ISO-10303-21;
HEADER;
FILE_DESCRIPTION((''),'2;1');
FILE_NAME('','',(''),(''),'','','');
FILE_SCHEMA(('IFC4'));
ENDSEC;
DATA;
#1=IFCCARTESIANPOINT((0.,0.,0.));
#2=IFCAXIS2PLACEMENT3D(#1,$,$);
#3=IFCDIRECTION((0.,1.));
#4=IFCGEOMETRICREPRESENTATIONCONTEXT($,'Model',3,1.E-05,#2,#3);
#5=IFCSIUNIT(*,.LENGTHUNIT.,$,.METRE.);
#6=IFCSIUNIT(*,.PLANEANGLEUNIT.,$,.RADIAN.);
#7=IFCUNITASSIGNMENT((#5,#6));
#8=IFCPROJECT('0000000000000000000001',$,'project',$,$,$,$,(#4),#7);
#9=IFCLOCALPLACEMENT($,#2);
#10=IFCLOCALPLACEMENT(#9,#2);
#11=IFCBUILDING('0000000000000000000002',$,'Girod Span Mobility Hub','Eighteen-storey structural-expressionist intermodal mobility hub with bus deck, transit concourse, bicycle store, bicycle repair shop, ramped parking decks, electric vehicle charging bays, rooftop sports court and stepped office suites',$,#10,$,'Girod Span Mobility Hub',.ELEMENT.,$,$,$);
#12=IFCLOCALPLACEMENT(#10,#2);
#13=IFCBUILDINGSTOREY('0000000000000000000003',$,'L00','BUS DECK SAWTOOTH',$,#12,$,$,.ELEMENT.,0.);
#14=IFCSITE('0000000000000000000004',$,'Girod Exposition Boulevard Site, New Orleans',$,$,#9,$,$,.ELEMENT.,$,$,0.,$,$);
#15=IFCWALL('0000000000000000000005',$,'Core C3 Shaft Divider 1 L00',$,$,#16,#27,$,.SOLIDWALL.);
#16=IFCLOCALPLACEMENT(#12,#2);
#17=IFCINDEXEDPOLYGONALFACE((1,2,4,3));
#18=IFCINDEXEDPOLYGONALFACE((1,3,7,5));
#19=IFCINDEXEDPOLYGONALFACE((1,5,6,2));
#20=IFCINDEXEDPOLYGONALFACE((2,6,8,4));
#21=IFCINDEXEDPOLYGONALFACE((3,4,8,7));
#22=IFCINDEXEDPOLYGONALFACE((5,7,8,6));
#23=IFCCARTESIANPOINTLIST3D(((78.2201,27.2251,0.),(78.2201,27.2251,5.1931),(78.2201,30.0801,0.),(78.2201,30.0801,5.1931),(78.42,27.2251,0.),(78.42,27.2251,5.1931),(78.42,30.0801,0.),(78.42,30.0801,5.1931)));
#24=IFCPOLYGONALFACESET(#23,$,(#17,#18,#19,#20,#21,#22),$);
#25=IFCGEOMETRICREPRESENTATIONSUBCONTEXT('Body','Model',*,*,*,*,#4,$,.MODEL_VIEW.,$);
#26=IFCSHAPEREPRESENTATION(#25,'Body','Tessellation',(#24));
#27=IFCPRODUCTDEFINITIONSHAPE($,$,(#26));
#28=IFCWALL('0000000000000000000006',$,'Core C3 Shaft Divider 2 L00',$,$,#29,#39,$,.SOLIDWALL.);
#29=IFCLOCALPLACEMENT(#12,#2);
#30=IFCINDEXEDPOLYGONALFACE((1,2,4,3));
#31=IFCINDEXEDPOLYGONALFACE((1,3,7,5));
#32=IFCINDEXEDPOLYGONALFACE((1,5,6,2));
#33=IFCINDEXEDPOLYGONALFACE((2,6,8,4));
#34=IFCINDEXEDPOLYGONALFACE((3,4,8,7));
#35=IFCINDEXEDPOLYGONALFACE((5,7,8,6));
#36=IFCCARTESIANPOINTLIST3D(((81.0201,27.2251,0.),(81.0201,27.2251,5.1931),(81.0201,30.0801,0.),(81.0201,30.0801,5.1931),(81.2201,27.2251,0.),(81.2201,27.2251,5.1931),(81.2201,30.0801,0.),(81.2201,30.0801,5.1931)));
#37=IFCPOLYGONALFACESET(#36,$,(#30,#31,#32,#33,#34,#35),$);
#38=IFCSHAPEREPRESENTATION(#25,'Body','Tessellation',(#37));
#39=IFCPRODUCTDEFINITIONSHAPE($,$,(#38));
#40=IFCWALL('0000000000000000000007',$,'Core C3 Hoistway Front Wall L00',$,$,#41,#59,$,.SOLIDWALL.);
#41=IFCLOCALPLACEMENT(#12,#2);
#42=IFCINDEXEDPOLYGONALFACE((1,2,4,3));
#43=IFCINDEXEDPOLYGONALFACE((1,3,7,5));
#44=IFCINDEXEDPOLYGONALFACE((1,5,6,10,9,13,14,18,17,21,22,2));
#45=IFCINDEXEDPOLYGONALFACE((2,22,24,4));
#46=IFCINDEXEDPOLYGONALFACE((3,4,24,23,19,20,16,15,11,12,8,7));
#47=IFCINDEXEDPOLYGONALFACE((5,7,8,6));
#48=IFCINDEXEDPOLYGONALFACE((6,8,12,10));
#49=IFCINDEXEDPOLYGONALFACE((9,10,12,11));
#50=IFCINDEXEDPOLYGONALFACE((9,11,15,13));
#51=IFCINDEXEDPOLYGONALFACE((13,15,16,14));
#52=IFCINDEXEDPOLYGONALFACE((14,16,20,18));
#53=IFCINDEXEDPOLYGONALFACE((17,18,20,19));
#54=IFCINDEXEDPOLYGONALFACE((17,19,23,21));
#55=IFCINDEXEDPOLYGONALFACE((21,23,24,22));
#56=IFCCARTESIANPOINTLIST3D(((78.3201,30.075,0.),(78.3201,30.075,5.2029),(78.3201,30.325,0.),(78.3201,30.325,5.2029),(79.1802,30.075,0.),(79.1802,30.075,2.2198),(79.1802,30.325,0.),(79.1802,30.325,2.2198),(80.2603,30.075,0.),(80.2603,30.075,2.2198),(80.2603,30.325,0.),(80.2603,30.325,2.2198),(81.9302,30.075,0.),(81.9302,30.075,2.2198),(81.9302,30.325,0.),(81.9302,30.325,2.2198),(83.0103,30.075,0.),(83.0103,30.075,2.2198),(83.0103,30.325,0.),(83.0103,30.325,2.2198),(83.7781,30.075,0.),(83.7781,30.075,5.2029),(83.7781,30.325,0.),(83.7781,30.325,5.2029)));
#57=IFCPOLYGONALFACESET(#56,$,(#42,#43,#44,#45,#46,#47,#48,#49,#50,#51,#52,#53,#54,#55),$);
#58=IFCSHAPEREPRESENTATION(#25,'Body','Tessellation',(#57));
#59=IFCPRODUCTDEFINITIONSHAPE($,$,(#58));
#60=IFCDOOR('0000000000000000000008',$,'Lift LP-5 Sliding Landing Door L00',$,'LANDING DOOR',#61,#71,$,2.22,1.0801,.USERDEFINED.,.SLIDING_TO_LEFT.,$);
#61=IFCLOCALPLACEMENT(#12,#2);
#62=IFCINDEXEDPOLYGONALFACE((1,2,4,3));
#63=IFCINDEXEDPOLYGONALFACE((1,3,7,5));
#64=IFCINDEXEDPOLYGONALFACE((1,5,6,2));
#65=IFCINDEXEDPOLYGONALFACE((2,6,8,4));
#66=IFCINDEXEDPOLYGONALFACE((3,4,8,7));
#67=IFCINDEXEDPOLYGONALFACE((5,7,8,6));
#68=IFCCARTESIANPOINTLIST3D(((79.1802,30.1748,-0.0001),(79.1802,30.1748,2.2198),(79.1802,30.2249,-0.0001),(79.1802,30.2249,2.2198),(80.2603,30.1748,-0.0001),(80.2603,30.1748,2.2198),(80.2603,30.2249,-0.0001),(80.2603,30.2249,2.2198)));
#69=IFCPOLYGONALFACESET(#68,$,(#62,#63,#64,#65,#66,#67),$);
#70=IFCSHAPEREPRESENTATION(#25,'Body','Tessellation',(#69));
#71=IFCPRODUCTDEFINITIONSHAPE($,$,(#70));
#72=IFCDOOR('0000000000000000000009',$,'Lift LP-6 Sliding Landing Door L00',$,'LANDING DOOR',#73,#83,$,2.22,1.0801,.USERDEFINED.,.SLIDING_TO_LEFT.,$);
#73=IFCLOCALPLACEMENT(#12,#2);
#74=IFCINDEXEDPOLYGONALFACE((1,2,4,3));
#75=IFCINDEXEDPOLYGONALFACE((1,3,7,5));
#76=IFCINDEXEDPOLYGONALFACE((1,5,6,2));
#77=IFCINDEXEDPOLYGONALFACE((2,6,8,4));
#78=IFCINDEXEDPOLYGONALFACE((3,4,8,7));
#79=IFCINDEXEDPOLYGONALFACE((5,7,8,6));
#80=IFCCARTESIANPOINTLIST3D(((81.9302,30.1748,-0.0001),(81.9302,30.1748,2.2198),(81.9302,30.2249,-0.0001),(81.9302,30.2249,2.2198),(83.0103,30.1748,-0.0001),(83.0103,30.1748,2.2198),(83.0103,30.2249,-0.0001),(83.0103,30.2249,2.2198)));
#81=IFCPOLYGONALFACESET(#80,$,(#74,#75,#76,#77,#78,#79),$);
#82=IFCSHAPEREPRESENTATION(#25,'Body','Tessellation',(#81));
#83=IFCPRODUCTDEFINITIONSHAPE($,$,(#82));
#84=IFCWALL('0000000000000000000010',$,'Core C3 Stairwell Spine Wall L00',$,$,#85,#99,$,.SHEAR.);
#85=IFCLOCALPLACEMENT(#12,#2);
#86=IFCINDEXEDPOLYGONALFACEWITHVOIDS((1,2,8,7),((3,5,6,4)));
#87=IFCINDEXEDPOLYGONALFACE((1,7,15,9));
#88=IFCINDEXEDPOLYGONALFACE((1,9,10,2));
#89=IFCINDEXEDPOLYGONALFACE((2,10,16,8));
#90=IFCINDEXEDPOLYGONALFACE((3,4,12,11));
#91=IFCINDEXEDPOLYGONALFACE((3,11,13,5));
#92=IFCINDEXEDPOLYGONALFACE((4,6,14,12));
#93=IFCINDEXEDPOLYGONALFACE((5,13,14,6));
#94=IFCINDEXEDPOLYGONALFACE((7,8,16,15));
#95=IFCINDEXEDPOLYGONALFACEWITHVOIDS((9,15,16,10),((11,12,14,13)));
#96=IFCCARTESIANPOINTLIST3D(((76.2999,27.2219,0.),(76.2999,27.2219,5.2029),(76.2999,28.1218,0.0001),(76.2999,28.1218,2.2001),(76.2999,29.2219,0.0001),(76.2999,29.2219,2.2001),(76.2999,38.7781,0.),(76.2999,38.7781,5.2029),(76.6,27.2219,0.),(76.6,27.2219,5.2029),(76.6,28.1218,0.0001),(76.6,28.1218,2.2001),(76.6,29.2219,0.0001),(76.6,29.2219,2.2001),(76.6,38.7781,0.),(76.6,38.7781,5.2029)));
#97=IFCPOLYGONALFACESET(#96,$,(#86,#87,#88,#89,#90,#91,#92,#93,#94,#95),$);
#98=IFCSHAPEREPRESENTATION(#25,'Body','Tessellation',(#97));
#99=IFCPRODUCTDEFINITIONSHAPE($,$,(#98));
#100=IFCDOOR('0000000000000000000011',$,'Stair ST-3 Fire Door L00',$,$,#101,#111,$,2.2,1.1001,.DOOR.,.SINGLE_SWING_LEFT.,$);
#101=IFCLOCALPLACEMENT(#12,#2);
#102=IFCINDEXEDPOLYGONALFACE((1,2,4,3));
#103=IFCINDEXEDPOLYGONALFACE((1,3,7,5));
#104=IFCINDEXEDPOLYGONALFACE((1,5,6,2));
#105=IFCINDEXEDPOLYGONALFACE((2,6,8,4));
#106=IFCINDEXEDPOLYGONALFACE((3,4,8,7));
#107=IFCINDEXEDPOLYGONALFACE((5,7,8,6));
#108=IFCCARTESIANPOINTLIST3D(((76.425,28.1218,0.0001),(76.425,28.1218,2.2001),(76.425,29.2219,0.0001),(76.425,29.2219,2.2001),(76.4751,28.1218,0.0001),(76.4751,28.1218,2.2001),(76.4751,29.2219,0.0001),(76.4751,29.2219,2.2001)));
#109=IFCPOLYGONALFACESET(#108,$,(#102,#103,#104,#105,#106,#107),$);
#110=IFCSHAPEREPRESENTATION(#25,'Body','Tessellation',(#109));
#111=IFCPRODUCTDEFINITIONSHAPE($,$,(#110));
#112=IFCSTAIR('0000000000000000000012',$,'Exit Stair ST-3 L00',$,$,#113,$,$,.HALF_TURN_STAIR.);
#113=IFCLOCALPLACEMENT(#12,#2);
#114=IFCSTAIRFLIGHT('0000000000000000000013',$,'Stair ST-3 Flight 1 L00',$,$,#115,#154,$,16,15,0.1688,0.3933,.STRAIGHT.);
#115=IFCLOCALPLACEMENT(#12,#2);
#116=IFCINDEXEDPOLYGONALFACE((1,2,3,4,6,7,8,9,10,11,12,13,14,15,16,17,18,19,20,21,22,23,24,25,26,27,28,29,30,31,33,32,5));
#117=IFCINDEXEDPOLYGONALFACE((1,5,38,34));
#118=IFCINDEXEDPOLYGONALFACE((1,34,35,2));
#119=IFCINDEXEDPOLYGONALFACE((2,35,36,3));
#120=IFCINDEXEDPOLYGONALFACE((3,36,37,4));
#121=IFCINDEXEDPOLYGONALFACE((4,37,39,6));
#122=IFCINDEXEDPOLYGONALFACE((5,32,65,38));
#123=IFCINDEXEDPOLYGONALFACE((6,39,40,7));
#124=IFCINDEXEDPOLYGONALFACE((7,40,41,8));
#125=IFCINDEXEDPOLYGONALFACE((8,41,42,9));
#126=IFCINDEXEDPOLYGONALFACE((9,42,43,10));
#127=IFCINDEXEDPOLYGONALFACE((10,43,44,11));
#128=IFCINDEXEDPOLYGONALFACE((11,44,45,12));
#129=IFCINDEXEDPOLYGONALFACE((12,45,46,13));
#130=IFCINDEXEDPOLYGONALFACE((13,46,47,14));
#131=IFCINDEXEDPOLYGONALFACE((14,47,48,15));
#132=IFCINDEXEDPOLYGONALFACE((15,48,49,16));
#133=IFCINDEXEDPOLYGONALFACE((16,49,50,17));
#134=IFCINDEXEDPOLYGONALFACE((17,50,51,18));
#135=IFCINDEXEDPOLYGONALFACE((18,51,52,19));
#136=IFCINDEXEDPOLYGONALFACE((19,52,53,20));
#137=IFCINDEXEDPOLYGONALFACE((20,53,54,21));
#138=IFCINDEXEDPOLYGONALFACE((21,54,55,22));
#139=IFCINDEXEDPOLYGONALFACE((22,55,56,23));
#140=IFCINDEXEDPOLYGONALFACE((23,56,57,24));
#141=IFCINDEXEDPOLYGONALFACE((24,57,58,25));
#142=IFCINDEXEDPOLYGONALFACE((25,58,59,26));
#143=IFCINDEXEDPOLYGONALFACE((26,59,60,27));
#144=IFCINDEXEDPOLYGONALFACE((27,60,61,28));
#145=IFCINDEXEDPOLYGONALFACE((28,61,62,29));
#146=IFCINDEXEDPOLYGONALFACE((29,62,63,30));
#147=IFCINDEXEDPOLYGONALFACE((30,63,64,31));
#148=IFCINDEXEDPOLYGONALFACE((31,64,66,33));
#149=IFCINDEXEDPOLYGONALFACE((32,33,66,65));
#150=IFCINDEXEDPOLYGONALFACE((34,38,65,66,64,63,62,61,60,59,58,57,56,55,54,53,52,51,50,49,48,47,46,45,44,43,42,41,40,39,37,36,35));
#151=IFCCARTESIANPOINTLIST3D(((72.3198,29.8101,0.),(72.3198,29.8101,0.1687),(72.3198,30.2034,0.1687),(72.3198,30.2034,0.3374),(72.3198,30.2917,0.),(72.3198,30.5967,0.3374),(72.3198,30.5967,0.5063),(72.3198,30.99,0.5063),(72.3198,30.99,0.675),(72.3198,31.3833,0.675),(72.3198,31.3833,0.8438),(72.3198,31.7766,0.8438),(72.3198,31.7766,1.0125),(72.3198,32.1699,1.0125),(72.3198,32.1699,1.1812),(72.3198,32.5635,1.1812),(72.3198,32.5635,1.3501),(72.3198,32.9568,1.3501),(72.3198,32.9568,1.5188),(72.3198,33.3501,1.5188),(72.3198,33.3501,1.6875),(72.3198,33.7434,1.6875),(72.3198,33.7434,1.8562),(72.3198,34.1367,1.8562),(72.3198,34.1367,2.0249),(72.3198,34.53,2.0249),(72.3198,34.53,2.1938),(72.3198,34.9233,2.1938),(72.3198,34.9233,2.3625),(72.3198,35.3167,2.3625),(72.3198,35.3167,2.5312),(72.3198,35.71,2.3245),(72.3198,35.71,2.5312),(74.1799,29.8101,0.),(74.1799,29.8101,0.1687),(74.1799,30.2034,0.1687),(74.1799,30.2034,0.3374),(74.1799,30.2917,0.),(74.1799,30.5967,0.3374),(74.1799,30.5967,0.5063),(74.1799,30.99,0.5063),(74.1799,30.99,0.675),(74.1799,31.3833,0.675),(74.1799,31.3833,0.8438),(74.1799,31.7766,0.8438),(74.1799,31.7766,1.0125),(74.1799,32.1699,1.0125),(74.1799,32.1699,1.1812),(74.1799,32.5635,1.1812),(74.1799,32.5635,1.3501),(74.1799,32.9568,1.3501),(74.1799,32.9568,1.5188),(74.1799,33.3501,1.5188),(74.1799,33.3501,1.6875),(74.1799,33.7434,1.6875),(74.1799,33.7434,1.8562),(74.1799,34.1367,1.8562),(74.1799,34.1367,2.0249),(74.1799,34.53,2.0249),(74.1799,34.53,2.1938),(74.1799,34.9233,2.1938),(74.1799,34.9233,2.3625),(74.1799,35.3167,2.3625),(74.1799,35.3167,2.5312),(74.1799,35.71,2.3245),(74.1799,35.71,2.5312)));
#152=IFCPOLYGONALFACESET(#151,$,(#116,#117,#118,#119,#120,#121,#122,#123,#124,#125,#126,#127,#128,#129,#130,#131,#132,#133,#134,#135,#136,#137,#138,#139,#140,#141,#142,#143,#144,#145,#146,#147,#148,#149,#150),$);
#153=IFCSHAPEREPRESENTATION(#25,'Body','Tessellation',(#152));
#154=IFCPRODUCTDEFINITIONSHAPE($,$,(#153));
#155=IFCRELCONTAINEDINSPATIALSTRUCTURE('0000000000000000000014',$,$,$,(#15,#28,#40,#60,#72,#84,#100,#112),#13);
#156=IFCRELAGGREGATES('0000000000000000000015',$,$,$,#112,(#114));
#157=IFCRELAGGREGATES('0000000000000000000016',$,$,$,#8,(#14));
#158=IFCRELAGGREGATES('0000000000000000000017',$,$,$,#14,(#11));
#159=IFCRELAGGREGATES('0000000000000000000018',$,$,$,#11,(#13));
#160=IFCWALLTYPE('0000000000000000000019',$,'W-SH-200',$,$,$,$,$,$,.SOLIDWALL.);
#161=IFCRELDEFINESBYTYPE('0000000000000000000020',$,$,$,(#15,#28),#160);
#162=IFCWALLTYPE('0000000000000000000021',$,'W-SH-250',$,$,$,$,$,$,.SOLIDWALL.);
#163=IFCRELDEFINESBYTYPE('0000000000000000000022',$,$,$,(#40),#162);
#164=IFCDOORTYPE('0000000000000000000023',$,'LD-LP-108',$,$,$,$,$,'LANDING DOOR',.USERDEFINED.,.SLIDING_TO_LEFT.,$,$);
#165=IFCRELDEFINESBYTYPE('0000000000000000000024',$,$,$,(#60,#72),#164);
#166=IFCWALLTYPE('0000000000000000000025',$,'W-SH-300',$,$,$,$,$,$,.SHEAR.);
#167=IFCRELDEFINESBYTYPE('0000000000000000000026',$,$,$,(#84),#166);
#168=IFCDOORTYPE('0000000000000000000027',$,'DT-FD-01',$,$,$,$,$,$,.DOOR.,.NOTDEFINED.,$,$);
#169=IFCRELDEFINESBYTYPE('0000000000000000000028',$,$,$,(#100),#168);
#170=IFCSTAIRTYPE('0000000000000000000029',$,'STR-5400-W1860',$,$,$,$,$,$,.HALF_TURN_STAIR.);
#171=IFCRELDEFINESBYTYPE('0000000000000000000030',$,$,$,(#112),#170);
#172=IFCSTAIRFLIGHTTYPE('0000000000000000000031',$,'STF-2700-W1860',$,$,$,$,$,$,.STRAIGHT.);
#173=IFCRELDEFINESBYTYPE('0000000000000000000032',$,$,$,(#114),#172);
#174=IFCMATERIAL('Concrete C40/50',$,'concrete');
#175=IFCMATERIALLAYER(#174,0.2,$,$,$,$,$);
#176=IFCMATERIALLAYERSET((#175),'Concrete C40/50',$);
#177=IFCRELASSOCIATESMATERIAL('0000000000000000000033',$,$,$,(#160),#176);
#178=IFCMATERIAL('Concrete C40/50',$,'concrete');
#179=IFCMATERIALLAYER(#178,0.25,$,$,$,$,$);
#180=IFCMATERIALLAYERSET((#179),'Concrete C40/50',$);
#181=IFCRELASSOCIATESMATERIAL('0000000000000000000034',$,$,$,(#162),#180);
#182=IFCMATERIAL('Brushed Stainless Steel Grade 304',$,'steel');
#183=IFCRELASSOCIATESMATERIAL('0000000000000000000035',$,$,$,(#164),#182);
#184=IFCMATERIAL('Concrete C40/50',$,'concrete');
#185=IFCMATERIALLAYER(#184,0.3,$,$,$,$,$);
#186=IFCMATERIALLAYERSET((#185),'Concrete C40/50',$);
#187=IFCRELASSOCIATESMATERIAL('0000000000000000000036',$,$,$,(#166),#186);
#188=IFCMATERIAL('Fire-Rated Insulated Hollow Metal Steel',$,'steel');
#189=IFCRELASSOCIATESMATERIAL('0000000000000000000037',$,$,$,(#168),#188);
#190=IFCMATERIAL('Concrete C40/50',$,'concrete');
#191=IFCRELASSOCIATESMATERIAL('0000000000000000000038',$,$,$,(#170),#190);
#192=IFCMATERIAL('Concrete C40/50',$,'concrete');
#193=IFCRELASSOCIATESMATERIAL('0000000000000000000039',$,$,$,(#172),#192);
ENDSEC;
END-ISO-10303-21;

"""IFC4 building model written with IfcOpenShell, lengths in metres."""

from ifc_helpers import new_model, si_unit, direction, frame, frame_2d, origin, place, context, subcontext, project, spatial, polyline, rectangle, outline, extrude, material, layer, layer_set, type_object, element, fill, aggregate, save


model = new_model("IFC4")

# Units and contexts
model_context = context("Model", 3, precision=1e-05, world=origin(), true_north=direction((0.0, 1.0)))
body_context = subcontext(model_context, "Body", "Model", "MODEL_VIEW")
ifc_project = project(units=[si_unit("LENGTHUNIT", "METRE"), si_unit("PLANEANGLEUNIT", "RADIAN")], contexts=[model_context])

# Site, building, storey
site_placement = place(None, origin())
site = spatial("IfcSite", under=ifc_project, at=site_placement, Name="Girod Exposition Boulevard Site, New Orleans", CompositionType="ELEMENT", RefElevation=0.0)
building_placement = place(site_placement, origin())
building = spatial("IfcBuilding", under=site, at=building_placement, Name="Girod Span Mobility Hub", Description="Eighteen-storey structural-expressionist intermodal mobility hub with bus deck, transit concourse, bicycle store, bicycle repair shop, ramped parking decks, electric vehicle charging bays, rooftop sports court and stepped office suites", LongName="Girod Span Mobility Hub", CompositionType="ELEMENT")
storey_placement = place(building_placement, origin())
storey = spatial("IfcBuildingStorey", under=building, at=storey_placement, Name="L00", Description="BUS DECK SAWTOOTH", CompositionType="ELEMENT", Elevation=0.0)

# Walls
ifc_material_1 = material(Name="Concrete C40/50", Category="concrete")
ifc_layer_1 = layer(ifc_material_1, 0.2)
ifc_layer_set_1 = layer_set([ifc_layer_1], Name="Concrete C40/50")
wall_type_1 = type_object("IfcWallType", Name="W-SH-200", PredefinedType="SOLIDWALL", material=ifc_layer_set_1)
for number, where, z_axis, x_axis, name in (
    (1, (78.3201, 27.2251, 0.0), (0.0, 0.0, 1.0), (0.0, 1.0, 0.0), "Core C3 Shaft Divider 1 L00"),
    (2, (81.1201, 27.2251, 0.0), (0.0, 0.0, 1.0), (0.0, 1.0, 0.0), "Core C3 Shaft Divider 2 L00"),
):
    element("IfcWall", number, at=place(storey_placement, frame(where, z_axis=z_axis, x_axis=x_axis)), inside=storey, type_object=wall_type_1, Name=name, PredefinedType="SOLIDWALL", context=body_context, shape_type="SweptSolid", body=[
        extrude(rectangle(XDim=2.855, YDim=0.2, at=frame_2d((1.4275, 0.0))), origin(), (0.0, 0.0, 1.0), 5.1931),
    ])

# Wall, openings, doors
ifc_material_2 = material(Name="Concrete C40/50", Category="concrete")
ifc_layer_2 = layer(ifc_material_2, 0.25)
ifc_layer_set_2 = layer_set([ifc_layer_2], Name="Concrete C40/50")
wall_type_2 = type_object("IfcWallType", Name="W-SH-250", PredefinedType="SOLIDWALL", material=ifc_layer_set_2)
wall_1_placement = place(storey_placement, frame((78.3201, 30.2, 0.0), z_axis=(0.0, 0.0, 1.0), x_axis=(1.0, 0.0, 0.0)))
wall_1 = element("IfcWall", 3, at=wall_1_placement, inside=storey, type_object=wall_type_2, Name="Core C3 Hoistway Front Wall L00", PredefinedType="SOLIDWALL", context=body_context, shape_type="SweptSolid", body=[
    extrude(rectangle(XDim=5.458, YDim=0.25, at=frame_2d((2.729, 0.0))), origin(), (0.0, 0.0, 1.0), 5.2029),
])
opening_1_placement = place(wall_1_placement, frame((0.8601, 0.0, 0.0)))
opening_1 = element("IfcOpeningElement", 4, at=opening_1_placement, cuts=wall_1, PredefinedType="OPENING", context=body_context, shape_type="SweptSolid", body=[
    extrude(rectangle(XDim=1.0801, YDim=2.22, at=frame_2d((0.54, 1.1099))), frame((0.0, 0.1399, 0.0), z_axis=(0.0, -1.0, 0.0), x_axis=(1.0, 0.0, 0.0)), (0.0, 0.0, 1.0), 0.28),
])
opening_2_placement = place(wall_1_placement, frame((3.6101, 0.0, 0.0)))
opening_2 = element("IfcOpeningElement", 5, at=opening_2_placement, cuts=wall_1, PredefinedType="OPENING", context=body_context, shape_type="SweptSolid", body=[
    extrude(rectangle(XDim=1.0801, YDim=2.22, at=frame_2d((0.54, 1.1099))), frame((0.0, 0.1399, 0.0), z_axis=(0.0, -1.0, 0.0), x_axis=(1.0, 0.0, 0.0)), (0.0, 0.0, 1.0), 0.28),
])
ifc_material_3 = material(Name="Brushed Stainless Steel Grade 304", Category="steel")
door_type_1 = type_object("IfcDoorType", Name="LD-LP-108", ElementType="LANDING DOOR", OperationType="SLIDING_TO_LEFT", PredefinedType="USERDEFINED", material=ifc_material_3)
door_1_placement = place(opening_1_placement, origin())
door_1 = element("IfcDoor", 6, at=door_1_placement, inside=storey, type_object=door_type_1, Name="Lift LP-5 Sliding Landing Door L00", ObjectType="LANDING DOOR", OperationType="SLIDING_TO_LEFT", OverallHeight=2.22, OverallWidth=1.0801, PredefinedType="USERDEFINED", context=body_context, shape_type="SweptSolid", body=[
    extrude(rectangle(XDim=1.0801, YDim=2.22, at=frame_2d((0.54, 1.1099))), frame((0.0, 0.0249, 0.0), z_axis=(0.0, -1.0, 0.0), x_axis=(1.0, 0.0, 0.0)), (0.0, 0.0, 1.0), 0.05),
])
fill(opening_1, door_1)
door_2_placement = place(opening_2_placement, origin())
door_2 = element("IfcDoor", 7, at=door_2_placement, inside=storey, type_object=door_type_1, Name="Lift LP-6 Sliding Landing Door L00", ObjectType="LANDING DOOR", OperationType="SLIDING_TO_LEFT", OverallHeight=2.22, OverallWidth=1.0801, PredefinedType="USERDEFINED", context=body_context, shape_type="SweptSolid", body=[
    extrude(rectangle(XDim=1.0801, YDim=2.22, at=frame_2d((0.54, 1.1099))), frame((0.0, 0.0249, 0.0), z_axis=(0.0, -1.0, 0.0), x_axis=(1.0, 0.0, 0.0)), (0.0, 0.0, 1.0), 0.05),
])
fill(opening_2, door_2)

# Wall, opening, door
ifc_material_4 = material(Name="Concrete C40/50", Category="concrete")
ifc_layer_3 = layer(ifc_material_4, 0.3)
ifc_layer_set_3 = layer_set([ifc_layer_3], Name="Concrete C40/50")
wall_type_3 = type_object("IfcWallType", Name="W-SH-300", PredefinedType="SHEAR", material=ifc_layer_set_3)
wall_2_placement = place(storey_placement, frame((76.45, 27.2219, 0.0), z_axis=(0.0, 0.0, 1.0), x_axis=(0.0, 1.0, 0.0)))
wall_2 = element("IfcWall", 8, at=wall_2_placement, inside=storey, type_object=wall_type_3, Name="Core C3 Stairwell Spine Wall L00", PredefinedType="SHEAR", context=body_context, shape_type="SweptSolid", body=[
    extrude(rectangle(XDim=11.5562, YDim=0.3, at=frame_2d((5.7781, 0.0))), origin(), (0.0, 0.0, 1.0), 5.2029),
])
opening_3_placement = place(wall_2_placement, frame((0.8999, 0.0, 0.0)))
opening_3 = element("IfcOpeningElement", 9, at=opening_3_placement, cuts=wall_2, PredefinedType="OPENING", context=body_context, shape_type="SweptSolid", body=[
    extrude(rectangle(XDim=1.1001, YDim=2.2, at=frame_2d((0.55, 1.1001))), frame((0.0, 0.165, 0.0), z_axis=(0.0, -1.0, 0.0), x_axis=(1.0, 0.0, 0.0)), (0.0, 0.0, 1.0), 0.3301),
])
ifc_material_5 = material(Name="Fire-Rated Insulated Hollow Metal Steel", Category="steel")
door_type_2 = type_object("IfcDoorType", Name="DT-FD-01", OperationType="NOTDEFINED", PredefinedType="DOOR", material=ifc_material_5)
door_3_placement = place(opening_3_placement, origin())
door_3 = element("IfcDoor", 10, at=door_3_placement, inside=storey, type_object=door_type_2, Name="Stair ST-3 Fire Door L00", OperationType="SINGLE_SWING_LEFT", OverallHeight=2.2, OverallWidth=1.1001, PredefinedType="DOOR", context=body_context, shape_type="SweptSolid", body=[
    extrude(rectangle(XDim=1.1001, YDim=2.2, at=frame_2d((0.55, 1.1001))), frame((0.0, 0.0249, 0.0), z_axis=(0.0, -1.0, 0.0), x_axis=(1.0, 0.0, 0.0)), (0.0, 0.0, 1.0), 0.05),
])
fill(opening_3, door_3)

# Stair, stair flight
ifc_material_6 = material(Name="Concrete C40/50", Category="concrete")
stair_type = type_object("IfcStairType", Name="STR-5400-W1860", PredefinedType="HALF_TURN_STAIR", material=ifc_material_6)
stair_placement = place(storey_placement, origin())
stair = element("IfcStair", 11, at=stair_placement, inside=storey, type_object=stair_type, Name="Exit Stair ST-3 L00", PredefinedType="HALF_TURN_STAIR")
ifc_material_7 = material(Name="Concrete C40/50", Category="concrete")
stair_flight_type = type_object("IfcStairFlightType", Name="STF-2700-W1860", PredefinedType="STRAIGHT", material=ifc_material_7)
stair_flight_placement = place(storey_placement, frame((73.25, 29.8101, 0.0), z_axis=(0.0, 0.0, 1.0), x_axis=(0.0, 1.0, 0.0)))
stair_flight = element("IfcStairFlight", 12, at=stair_flight_placement, type_object=stair_flight_type, Name="Stair ST-3 Flight 1 L00", NumberOfRisers=16, NumberOfTreads=15, PredefinedType="STRAIGHT", RiserHeight=0.1688, TreadLength=0.3933, context=body_context, shape_type="SweptSolid", body=[
    extrude(outline(polyline([(0.0, 0.0), (0.0, 0.1687), (0.3933, 0.1687), (0.3933, 0.3374), (0.7866, 0.3374), (0.7866, 0.5063), (1.1799, 0.5063), (1.1799, 0.675), (1.5732, 0.675), (1.5732, 0.8438), (1.9666, 0.8438), (1.9666, 1.0125), (2.3599, 1.0125), (2.3599, 1.1812), (2.7534, 1.1812), (2.7534, 1.3501), (3.1467, 1.3501), (3.1467, 1.5188), (3.54, 1.5188), (3.54, 1.6875), (3.9333, 1.6875), (3.9333, 1.8562), (4.3267, 1.8562), (4.3267, 2.0249), (4.72, 2.0249), (4.72, 2.1938), (5.1133, 2.1938), (5.1133, 2.3625), (5.5066, 2.3625), (5.5066, 2.5312), (5.8999, 2.5312), (5.8999, 2.7), (5.8999, 2.3245), (0.4817, 0.0), (0.0, 0.0)])), frame((0.0, 0.9302, 0.0), z_axis=(0.0, -1.0, 0.0), x_axis=(1.0, 0.0, 0.0)), (0.0, 0.0, 1.0), 1.8601),
])
aggregate(stair, [stair_flight])

save(model, "model.ifc")
